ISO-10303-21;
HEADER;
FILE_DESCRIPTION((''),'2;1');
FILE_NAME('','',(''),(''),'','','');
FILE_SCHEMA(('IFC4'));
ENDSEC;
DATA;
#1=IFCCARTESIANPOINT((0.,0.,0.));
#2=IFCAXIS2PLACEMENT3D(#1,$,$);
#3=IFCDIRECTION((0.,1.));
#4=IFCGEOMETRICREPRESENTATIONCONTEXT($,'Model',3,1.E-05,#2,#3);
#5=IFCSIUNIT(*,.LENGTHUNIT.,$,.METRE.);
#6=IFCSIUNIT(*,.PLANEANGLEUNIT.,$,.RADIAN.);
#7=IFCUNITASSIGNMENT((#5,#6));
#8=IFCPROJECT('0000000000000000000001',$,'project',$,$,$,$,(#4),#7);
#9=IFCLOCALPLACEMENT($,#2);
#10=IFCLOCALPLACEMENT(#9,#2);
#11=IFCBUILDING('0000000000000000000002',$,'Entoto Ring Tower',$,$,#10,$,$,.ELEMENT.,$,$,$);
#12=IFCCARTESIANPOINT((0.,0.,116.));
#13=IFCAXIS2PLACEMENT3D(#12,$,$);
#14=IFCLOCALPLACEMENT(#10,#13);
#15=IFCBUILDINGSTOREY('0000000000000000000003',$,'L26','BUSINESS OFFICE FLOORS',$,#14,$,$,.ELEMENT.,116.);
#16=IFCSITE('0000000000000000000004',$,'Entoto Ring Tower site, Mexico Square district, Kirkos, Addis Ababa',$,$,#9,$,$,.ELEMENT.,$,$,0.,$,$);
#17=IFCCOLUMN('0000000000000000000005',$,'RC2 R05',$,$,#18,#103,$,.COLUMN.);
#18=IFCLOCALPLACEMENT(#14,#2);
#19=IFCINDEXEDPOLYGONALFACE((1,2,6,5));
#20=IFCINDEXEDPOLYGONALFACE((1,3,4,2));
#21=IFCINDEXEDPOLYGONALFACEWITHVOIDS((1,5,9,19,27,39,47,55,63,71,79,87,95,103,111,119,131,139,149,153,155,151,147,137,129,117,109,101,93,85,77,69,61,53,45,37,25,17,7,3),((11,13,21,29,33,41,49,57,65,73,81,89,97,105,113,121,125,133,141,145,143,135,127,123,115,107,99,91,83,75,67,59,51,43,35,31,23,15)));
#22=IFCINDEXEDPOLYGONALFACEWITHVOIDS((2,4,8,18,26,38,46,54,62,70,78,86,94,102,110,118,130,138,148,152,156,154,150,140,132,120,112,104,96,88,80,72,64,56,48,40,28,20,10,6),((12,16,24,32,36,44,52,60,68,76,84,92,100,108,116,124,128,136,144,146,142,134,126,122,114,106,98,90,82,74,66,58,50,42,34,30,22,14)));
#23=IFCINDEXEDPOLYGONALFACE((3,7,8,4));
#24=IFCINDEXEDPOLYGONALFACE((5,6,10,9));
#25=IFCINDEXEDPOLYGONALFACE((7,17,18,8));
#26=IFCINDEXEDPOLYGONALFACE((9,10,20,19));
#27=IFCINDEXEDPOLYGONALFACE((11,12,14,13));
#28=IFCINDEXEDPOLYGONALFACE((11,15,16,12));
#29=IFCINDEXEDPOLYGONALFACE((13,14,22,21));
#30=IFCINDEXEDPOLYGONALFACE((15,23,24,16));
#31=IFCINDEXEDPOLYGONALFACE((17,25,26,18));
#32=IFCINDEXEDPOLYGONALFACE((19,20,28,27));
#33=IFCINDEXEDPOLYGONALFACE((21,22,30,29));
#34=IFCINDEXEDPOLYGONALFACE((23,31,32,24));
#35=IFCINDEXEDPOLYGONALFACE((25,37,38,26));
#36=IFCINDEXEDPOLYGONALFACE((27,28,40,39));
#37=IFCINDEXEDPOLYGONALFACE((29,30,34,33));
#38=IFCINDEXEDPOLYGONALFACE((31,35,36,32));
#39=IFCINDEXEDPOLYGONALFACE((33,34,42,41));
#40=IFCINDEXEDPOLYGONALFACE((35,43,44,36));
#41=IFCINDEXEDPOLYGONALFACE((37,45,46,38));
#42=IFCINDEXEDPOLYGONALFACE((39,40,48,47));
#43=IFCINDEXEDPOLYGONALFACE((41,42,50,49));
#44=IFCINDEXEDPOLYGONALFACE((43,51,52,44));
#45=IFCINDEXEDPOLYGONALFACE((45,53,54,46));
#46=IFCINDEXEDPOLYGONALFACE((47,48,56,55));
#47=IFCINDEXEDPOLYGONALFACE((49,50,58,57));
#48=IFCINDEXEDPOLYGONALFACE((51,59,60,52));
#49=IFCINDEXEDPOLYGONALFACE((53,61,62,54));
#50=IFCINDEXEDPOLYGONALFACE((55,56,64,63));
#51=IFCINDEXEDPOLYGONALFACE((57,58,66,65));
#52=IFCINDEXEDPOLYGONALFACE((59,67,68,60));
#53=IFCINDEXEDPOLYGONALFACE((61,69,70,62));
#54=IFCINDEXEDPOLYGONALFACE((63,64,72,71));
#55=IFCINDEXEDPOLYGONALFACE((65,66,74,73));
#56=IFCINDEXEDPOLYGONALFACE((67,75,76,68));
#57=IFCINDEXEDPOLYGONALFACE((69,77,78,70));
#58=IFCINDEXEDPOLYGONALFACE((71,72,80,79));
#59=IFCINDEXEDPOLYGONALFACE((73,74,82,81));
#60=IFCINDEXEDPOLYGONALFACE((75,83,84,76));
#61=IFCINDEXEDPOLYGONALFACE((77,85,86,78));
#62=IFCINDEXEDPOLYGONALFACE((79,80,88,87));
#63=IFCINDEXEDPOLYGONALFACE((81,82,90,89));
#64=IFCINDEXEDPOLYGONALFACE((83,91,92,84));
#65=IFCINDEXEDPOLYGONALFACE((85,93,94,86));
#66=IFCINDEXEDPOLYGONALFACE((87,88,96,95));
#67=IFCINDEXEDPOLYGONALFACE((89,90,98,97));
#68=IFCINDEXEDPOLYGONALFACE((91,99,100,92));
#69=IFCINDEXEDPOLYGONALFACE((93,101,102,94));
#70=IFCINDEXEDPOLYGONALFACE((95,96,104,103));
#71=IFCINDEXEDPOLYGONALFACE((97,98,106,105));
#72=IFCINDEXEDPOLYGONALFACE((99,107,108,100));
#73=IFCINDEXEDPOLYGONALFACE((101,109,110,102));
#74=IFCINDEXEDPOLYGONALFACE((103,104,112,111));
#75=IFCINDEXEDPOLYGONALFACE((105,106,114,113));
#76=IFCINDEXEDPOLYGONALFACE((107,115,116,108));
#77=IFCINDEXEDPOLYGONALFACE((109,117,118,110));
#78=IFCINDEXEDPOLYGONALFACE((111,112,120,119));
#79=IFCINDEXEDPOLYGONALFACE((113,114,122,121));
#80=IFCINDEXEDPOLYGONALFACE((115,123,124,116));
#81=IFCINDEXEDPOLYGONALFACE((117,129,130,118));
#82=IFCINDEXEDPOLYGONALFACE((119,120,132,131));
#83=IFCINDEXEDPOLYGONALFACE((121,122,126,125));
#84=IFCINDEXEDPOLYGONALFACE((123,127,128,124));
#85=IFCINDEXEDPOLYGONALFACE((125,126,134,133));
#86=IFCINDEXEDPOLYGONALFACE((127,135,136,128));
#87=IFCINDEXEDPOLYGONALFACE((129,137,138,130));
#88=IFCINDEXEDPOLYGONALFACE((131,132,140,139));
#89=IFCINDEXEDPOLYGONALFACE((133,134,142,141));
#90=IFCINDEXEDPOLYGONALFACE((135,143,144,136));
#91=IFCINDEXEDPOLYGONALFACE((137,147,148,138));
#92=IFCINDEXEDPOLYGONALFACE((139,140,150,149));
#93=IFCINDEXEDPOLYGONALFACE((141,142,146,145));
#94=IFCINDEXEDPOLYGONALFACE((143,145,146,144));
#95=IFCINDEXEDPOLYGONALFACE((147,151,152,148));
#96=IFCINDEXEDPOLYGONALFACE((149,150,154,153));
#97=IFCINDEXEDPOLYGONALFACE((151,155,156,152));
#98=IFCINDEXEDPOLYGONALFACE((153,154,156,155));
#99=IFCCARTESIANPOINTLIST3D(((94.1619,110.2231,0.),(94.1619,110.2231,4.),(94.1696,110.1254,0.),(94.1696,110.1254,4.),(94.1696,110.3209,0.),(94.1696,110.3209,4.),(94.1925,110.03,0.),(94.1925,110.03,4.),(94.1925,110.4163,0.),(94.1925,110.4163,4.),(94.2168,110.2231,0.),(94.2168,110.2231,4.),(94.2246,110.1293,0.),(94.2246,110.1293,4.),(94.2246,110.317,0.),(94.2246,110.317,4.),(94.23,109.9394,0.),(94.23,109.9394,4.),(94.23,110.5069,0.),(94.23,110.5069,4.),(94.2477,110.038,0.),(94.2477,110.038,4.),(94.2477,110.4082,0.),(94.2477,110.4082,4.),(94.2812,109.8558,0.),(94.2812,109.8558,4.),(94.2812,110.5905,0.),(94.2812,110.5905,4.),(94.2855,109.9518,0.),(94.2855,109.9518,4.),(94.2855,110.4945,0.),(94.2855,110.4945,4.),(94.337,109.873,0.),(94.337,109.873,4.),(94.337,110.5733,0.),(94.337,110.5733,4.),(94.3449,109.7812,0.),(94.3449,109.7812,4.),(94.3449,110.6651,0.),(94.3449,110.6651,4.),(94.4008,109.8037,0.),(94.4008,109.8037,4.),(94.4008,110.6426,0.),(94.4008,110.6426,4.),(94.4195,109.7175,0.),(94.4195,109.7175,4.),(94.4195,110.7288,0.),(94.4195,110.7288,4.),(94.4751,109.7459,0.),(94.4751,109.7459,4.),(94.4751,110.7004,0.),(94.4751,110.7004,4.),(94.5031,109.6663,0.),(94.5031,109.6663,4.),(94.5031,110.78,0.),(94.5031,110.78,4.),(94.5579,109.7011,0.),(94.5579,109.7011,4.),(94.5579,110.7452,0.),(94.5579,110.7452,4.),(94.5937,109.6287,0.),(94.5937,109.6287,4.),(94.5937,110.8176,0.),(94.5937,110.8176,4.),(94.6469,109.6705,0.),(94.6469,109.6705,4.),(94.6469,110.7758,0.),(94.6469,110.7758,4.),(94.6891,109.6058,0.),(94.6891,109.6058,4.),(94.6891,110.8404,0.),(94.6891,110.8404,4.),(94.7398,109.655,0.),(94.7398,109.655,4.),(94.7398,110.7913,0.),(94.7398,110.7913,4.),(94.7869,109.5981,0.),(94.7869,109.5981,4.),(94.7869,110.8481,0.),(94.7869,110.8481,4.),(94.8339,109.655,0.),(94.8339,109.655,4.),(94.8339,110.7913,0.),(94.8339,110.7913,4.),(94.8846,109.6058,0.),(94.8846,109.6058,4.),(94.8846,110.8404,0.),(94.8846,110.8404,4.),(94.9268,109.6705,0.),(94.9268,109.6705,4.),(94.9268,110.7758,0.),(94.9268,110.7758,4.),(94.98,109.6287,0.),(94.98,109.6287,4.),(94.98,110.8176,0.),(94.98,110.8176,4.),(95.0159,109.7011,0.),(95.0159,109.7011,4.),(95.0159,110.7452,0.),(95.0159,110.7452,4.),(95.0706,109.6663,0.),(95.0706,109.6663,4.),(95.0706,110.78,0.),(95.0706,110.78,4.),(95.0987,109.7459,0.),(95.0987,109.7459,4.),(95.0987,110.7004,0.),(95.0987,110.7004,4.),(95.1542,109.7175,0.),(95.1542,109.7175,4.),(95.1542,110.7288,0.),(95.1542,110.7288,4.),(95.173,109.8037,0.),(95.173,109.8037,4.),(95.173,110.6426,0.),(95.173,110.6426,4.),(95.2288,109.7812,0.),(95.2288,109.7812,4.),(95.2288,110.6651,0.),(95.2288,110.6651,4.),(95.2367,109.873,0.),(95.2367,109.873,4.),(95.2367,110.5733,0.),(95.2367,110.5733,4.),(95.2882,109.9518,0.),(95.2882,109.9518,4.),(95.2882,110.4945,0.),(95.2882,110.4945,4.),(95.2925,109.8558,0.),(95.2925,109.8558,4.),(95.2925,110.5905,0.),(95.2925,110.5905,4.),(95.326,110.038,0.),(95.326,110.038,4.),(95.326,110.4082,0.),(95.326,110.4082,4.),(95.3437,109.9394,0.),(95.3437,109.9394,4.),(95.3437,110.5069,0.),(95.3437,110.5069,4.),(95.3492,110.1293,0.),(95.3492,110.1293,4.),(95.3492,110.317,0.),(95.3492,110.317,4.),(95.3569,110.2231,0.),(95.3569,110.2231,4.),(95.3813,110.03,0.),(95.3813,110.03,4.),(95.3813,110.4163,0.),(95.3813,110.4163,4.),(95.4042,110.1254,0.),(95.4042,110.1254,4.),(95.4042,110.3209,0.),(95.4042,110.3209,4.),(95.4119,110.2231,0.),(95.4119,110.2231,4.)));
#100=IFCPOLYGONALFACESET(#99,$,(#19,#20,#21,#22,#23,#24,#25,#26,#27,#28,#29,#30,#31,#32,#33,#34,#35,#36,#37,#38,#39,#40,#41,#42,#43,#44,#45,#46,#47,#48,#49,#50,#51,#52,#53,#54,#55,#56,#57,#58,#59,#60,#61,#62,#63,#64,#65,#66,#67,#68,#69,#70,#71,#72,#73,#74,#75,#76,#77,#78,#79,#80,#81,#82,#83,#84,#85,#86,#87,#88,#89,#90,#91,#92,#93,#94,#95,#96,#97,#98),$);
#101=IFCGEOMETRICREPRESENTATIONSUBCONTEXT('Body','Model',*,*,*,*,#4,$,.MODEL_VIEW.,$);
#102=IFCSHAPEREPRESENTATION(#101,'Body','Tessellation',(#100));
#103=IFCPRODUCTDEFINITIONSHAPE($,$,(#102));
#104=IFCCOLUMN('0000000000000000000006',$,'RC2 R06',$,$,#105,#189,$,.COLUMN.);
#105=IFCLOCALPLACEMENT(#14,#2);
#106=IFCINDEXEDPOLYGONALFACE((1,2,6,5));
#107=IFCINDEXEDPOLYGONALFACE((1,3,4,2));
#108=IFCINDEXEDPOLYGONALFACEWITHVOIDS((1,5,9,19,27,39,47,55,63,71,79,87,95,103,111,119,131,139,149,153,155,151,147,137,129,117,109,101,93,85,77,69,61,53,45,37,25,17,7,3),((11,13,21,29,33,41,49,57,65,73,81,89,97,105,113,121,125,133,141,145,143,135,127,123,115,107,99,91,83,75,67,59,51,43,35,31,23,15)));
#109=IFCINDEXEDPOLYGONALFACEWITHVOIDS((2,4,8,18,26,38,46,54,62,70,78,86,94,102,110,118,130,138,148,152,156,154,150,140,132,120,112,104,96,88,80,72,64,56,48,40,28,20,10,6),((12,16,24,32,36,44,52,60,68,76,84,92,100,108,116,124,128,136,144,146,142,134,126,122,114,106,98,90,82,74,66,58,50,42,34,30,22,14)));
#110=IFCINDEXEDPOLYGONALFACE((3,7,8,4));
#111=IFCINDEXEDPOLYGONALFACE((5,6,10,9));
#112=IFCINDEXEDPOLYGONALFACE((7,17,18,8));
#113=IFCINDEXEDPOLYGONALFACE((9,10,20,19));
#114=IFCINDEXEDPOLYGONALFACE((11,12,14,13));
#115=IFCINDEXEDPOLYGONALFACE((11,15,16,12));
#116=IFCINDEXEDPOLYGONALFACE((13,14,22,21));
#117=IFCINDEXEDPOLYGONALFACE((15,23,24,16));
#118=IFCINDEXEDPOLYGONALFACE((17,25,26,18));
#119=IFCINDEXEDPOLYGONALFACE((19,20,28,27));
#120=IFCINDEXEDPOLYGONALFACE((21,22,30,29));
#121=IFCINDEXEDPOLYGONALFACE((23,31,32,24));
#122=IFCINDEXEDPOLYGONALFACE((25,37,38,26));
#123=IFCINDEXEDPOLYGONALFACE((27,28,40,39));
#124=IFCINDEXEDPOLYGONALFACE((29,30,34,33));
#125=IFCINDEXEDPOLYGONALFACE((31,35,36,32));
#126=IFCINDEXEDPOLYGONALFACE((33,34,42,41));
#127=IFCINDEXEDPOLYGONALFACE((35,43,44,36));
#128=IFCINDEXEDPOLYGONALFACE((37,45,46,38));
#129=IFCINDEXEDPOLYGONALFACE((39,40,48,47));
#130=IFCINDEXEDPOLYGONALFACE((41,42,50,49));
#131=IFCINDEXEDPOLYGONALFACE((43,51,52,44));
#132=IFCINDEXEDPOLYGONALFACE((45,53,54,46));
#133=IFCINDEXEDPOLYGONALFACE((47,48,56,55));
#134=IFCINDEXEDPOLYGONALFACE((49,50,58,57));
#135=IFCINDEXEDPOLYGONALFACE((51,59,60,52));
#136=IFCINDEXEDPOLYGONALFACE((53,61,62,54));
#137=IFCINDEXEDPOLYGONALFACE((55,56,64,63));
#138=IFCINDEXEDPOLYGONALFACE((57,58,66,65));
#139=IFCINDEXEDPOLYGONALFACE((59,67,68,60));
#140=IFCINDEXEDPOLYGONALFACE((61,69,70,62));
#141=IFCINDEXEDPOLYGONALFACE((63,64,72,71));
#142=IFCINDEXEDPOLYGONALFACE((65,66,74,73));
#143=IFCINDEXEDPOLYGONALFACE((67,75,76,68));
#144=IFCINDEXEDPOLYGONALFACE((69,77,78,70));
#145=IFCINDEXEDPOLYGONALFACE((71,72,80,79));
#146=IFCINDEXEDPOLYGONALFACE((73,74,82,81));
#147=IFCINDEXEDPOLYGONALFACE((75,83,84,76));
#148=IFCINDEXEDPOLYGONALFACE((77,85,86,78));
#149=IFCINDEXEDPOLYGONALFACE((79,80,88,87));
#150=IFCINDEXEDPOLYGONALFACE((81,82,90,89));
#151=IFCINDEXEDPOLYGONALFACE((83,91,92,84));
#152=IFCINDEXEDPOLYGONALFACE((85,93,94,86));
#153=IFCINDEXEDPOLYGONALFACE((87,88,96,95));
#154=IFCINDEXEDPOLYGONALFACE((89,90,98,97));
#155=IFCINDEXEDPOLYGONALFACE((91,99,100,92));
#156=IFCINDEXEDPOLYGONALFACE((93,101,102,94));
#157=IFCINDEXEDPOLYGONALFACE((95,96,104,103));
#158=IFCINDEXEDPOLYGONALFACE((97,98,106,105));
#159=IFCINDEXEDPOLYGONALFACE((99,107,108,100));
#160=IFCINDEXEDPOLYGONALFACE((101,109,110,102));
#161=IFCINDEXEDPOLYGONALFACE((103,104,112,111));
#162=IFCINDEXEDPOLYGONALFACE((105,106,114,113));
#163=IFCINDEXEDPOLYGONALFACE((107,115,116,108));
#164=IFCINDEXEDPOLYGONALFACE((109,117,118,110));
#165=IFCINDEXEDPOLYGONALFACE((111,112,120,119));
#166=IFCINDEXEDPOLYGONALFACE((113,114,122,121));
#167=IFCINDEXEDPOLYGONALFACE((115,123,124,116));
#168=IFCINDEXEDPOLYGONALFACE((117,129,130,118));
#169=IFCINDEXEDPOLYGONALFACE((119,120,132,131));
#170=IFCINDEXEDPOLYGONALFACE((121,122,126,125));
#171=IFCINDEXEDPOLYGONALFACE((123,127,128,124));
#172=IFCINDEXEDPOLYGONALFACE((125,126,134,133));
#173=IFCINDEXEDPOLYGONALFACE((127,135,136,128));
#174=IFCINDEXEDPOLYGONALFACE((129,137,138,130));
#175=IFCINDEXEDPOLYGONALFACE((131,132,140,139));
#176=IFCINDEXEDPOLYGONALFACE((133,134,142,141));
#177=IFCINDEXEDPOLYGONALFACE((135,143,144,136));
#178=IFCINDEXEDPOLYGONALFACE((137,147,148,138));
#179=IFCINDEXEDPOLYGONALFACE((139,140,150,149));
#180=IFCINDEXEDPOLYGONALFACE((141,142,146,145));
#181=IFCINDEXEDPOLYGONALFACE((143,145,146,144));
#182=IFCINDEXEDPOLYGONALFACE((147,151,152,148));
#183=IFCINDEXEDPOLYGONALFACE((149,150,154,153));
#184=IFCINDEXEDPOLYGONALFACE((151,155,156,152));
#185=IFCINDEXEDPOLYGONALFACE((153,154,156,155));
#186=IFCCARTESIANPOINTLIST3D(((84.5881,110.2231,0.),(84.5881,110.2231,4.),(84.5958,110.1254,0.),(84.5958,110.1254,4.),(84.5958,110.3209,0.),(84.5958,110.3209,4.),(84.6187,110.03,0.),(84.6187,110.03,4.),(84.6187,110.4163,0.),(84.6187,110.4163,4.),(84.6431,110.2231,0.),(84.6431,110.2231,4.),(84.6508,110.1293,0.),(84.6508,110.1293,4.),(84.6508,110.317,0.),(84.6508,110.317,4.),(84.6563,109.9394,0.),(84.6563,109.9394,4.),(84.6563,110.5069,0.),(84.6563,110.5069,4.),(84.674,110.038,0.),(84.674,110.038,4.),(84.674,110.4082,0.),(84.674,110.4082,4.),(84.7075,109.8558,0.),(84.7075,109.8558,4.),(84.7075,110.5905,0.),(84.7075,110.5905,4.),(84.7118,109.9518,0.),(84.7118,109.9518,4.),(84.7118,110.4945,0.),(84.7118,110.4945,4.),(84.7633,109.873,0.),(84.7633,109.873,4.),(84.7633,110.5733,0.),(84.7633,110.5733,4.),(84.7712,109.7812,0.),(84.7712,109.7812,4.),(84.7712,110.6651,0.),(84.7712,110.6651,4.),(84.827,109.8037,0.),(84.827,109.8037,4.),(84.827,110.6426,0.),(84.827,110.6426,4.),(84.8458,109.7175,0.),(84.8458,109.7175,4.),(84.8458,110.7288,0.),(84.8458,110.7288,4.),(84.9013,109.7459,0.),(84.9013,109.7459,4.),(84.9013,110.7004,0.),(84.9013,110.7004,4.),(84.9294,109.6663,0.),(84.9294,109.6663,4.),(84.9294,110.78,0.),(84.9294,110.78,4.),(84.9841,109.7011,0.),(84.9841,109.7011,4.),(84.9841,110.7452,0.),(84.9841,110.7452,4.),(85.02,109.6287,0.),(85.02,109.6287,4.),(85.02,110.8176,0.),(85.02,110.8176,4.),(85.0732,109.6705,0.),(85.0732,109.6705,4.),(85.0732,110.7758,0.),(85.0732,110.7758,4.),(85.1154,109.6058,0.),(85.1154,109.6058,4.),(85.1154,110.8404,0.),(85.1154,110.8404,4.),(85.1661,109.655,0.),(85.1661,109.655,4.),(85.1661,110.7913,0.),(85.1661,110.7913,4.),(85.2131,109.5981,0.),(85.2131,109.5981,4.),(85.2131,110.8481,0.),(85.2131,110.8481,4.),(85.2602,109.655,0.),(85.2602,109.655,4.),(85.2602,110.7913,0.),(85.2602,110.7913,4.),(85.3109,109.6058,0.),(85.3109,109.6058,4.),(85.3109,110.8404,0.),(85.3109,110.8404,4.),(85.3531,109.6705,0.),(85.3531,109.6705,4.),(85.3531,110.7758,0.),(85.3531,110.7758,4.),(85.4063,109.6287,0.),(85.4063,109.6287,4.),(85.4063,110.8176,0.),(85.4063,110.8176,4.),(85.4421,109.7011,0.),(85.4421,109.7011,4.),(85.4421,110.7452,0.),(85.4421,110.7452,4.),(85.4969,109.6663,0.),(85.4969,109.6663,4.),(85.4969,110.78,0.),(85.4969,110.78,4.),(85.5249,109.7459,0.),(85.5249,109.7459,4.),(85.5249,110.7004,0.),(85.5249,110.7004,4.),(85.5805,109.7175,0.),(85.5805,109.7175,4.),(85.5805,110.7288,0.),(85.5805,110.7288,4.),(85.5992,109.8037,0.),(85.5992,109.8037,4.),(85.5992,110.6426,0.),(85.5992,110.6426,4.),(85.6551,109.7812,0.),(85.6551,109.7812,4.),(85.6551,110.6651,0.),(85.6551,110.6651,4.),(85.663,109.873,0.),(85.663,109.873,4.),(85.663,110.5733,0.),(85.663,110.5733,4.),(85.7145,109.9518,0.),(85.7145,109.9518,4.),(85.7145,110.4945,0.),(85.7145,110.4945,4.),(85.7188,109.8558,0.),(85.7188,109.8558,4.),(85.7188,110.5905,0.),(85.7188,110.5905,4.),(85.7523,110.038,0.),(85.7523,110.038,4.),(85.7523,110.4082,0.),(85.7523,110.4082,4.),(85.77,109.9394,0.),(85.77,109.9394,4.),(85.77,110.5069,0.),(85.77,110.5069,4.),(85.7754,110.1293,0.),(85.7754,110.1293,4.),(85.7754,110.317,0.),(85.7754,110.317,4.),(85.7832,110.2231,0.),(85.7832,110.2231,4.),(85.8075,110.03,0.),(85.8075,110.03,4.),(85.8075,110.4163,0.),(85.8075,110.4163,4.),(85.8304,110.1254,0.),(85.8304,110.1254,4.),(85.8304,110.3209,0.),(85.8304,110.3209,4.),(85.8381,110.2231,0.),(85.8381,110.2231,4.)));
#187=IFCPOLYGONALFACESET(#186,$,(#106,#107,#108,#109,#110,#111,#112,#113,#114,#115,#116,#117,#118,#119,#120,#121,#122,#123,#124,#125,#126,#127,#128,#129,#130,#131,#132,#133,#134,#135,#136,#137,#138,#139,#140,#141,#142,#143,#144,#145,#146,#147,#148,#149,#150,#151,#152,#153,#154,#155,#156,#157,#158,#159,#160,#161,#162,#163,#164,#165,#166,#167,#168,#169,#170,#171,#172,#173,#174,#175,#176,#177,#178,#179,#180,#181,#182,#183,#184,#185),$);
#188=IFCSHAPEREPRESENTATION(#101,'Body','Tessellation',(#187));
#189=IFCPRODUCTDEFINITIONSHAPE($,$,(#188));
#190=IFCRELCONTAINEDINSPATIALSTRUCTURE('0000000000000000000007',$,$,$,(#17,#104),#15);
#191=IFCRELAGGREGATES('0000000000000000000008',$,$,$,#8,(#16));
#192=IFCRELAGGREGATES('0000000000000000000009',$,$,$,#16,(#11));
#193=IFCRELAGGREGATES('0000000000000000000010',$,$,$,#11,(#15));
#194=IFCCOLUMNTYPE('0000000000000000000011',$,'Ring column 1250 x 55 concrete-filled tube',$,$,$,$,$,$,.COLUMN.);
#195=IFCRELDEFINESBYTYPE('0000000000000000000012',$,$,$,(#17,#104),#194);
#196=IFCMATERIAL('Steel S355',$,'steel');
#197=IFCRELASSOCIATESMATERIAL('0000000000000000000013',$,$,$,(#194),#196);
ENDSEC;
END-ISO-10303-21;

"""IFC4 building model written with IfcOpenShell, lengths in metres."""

from ifc_helpers import new_model, si_unit, direction, frame, origin, origin_2d, place, context, subcontext, project, spatial, circle, hollow_circle, extrude, material, material_profile, profile_set, type_object, element, save


model = new_model("IFC4")

# Units and contexts
model_context = context("Model", 3, precision=1e-05, world=origin(), true_north=direction((0.0, 1.0)))
body_context = subcontext(model_context, "Body", "Model", "MODEL_VIEW")
ifc_project = project(units=[si_unit("LENGTHUNIT", "METRE"), si_unit("PLANEANGLEUNIT", "RADIAN")], contexts=[model_context])

# Site, building, storey
site_placement = place(None, origin())
site = spatial("IfcSite", under=ifc_project, at=site_placement, Name="Entoto Ring Tower site, Mexico Square district, Kirkos, Addis Ababa", CompositionType="ELEMENT", RefElevation=0.0)
building_placement = place(site_placement, origin())
building = spatial("IfcBuilding", under=site, at=building_placement, Name="Entoto Ring Tower", CompositionType="ELEMENT")
storey_placement = place(building_placement, frame((0.0, 0.0, 116.0)))
storey = spatial("IfcBuildingStorey", under=building, at=storey_placement, Name="L26", Description="BUSINESS OFFICE FLOORS", CompositionType="ELEMENT", Elevation=116.0)

# Columns
ifc_material_1 = material(Name="Steel S355", Category="steel")
ifc_material_profile_1 = material_profile(ifc_material_1, hollow_circle(Radius=0.625, WallThickness=0.0549, at=origin_2d()), Name="CHS 1250 x 55")
ifc_material_2 = material(Name="Concrete C60/75", Category="concrete")
ifc_material_profile_2 = material_profile(ifc_material_2, circle(Radius=0.5701, at=origin_2d()), Name="Concrete C60/75 infill")
ifc_profile_set_1 = profile_set([ifc_material_profile_1, ifc_material_profile_2], Name="Steel S355")
column_type = type_object("IfcColumnType", Name="Ring column 1250 x 55 concrete-filled tube", PredefinedType="COLUMN", material=ifc_profile_set_1)
for number, where, z_axis, x_axis, name in (
    (1, (94.7869, 110.2231, 0.0), (0.0, 0.0, 1.0), (1.0, 0.0, 0.0), "RC2 R05"),
    (2, (85.2131, 110.2231, 0.0), (0.0, 0.0, 1.0), (1.0, 0.0, 0.0), "RC2 R06"),
):
    element("IfcColumn", number, at=place(storey_placement, frame(where, z_axis=z_axis, x_axis=x_axis)), inside=storey, type_object=column_type, Name=name, PredefinedType="COLUMN", context=body_context, shape_type="SweptSolid", body=[
        extrude(hollow_circle(Radius=0.625, WallThickness=0.0549, at=origin_2d()), origin(), (0.0, 0.0, 1.0), 4.0),
    ])

save(model, "model.ifc")
